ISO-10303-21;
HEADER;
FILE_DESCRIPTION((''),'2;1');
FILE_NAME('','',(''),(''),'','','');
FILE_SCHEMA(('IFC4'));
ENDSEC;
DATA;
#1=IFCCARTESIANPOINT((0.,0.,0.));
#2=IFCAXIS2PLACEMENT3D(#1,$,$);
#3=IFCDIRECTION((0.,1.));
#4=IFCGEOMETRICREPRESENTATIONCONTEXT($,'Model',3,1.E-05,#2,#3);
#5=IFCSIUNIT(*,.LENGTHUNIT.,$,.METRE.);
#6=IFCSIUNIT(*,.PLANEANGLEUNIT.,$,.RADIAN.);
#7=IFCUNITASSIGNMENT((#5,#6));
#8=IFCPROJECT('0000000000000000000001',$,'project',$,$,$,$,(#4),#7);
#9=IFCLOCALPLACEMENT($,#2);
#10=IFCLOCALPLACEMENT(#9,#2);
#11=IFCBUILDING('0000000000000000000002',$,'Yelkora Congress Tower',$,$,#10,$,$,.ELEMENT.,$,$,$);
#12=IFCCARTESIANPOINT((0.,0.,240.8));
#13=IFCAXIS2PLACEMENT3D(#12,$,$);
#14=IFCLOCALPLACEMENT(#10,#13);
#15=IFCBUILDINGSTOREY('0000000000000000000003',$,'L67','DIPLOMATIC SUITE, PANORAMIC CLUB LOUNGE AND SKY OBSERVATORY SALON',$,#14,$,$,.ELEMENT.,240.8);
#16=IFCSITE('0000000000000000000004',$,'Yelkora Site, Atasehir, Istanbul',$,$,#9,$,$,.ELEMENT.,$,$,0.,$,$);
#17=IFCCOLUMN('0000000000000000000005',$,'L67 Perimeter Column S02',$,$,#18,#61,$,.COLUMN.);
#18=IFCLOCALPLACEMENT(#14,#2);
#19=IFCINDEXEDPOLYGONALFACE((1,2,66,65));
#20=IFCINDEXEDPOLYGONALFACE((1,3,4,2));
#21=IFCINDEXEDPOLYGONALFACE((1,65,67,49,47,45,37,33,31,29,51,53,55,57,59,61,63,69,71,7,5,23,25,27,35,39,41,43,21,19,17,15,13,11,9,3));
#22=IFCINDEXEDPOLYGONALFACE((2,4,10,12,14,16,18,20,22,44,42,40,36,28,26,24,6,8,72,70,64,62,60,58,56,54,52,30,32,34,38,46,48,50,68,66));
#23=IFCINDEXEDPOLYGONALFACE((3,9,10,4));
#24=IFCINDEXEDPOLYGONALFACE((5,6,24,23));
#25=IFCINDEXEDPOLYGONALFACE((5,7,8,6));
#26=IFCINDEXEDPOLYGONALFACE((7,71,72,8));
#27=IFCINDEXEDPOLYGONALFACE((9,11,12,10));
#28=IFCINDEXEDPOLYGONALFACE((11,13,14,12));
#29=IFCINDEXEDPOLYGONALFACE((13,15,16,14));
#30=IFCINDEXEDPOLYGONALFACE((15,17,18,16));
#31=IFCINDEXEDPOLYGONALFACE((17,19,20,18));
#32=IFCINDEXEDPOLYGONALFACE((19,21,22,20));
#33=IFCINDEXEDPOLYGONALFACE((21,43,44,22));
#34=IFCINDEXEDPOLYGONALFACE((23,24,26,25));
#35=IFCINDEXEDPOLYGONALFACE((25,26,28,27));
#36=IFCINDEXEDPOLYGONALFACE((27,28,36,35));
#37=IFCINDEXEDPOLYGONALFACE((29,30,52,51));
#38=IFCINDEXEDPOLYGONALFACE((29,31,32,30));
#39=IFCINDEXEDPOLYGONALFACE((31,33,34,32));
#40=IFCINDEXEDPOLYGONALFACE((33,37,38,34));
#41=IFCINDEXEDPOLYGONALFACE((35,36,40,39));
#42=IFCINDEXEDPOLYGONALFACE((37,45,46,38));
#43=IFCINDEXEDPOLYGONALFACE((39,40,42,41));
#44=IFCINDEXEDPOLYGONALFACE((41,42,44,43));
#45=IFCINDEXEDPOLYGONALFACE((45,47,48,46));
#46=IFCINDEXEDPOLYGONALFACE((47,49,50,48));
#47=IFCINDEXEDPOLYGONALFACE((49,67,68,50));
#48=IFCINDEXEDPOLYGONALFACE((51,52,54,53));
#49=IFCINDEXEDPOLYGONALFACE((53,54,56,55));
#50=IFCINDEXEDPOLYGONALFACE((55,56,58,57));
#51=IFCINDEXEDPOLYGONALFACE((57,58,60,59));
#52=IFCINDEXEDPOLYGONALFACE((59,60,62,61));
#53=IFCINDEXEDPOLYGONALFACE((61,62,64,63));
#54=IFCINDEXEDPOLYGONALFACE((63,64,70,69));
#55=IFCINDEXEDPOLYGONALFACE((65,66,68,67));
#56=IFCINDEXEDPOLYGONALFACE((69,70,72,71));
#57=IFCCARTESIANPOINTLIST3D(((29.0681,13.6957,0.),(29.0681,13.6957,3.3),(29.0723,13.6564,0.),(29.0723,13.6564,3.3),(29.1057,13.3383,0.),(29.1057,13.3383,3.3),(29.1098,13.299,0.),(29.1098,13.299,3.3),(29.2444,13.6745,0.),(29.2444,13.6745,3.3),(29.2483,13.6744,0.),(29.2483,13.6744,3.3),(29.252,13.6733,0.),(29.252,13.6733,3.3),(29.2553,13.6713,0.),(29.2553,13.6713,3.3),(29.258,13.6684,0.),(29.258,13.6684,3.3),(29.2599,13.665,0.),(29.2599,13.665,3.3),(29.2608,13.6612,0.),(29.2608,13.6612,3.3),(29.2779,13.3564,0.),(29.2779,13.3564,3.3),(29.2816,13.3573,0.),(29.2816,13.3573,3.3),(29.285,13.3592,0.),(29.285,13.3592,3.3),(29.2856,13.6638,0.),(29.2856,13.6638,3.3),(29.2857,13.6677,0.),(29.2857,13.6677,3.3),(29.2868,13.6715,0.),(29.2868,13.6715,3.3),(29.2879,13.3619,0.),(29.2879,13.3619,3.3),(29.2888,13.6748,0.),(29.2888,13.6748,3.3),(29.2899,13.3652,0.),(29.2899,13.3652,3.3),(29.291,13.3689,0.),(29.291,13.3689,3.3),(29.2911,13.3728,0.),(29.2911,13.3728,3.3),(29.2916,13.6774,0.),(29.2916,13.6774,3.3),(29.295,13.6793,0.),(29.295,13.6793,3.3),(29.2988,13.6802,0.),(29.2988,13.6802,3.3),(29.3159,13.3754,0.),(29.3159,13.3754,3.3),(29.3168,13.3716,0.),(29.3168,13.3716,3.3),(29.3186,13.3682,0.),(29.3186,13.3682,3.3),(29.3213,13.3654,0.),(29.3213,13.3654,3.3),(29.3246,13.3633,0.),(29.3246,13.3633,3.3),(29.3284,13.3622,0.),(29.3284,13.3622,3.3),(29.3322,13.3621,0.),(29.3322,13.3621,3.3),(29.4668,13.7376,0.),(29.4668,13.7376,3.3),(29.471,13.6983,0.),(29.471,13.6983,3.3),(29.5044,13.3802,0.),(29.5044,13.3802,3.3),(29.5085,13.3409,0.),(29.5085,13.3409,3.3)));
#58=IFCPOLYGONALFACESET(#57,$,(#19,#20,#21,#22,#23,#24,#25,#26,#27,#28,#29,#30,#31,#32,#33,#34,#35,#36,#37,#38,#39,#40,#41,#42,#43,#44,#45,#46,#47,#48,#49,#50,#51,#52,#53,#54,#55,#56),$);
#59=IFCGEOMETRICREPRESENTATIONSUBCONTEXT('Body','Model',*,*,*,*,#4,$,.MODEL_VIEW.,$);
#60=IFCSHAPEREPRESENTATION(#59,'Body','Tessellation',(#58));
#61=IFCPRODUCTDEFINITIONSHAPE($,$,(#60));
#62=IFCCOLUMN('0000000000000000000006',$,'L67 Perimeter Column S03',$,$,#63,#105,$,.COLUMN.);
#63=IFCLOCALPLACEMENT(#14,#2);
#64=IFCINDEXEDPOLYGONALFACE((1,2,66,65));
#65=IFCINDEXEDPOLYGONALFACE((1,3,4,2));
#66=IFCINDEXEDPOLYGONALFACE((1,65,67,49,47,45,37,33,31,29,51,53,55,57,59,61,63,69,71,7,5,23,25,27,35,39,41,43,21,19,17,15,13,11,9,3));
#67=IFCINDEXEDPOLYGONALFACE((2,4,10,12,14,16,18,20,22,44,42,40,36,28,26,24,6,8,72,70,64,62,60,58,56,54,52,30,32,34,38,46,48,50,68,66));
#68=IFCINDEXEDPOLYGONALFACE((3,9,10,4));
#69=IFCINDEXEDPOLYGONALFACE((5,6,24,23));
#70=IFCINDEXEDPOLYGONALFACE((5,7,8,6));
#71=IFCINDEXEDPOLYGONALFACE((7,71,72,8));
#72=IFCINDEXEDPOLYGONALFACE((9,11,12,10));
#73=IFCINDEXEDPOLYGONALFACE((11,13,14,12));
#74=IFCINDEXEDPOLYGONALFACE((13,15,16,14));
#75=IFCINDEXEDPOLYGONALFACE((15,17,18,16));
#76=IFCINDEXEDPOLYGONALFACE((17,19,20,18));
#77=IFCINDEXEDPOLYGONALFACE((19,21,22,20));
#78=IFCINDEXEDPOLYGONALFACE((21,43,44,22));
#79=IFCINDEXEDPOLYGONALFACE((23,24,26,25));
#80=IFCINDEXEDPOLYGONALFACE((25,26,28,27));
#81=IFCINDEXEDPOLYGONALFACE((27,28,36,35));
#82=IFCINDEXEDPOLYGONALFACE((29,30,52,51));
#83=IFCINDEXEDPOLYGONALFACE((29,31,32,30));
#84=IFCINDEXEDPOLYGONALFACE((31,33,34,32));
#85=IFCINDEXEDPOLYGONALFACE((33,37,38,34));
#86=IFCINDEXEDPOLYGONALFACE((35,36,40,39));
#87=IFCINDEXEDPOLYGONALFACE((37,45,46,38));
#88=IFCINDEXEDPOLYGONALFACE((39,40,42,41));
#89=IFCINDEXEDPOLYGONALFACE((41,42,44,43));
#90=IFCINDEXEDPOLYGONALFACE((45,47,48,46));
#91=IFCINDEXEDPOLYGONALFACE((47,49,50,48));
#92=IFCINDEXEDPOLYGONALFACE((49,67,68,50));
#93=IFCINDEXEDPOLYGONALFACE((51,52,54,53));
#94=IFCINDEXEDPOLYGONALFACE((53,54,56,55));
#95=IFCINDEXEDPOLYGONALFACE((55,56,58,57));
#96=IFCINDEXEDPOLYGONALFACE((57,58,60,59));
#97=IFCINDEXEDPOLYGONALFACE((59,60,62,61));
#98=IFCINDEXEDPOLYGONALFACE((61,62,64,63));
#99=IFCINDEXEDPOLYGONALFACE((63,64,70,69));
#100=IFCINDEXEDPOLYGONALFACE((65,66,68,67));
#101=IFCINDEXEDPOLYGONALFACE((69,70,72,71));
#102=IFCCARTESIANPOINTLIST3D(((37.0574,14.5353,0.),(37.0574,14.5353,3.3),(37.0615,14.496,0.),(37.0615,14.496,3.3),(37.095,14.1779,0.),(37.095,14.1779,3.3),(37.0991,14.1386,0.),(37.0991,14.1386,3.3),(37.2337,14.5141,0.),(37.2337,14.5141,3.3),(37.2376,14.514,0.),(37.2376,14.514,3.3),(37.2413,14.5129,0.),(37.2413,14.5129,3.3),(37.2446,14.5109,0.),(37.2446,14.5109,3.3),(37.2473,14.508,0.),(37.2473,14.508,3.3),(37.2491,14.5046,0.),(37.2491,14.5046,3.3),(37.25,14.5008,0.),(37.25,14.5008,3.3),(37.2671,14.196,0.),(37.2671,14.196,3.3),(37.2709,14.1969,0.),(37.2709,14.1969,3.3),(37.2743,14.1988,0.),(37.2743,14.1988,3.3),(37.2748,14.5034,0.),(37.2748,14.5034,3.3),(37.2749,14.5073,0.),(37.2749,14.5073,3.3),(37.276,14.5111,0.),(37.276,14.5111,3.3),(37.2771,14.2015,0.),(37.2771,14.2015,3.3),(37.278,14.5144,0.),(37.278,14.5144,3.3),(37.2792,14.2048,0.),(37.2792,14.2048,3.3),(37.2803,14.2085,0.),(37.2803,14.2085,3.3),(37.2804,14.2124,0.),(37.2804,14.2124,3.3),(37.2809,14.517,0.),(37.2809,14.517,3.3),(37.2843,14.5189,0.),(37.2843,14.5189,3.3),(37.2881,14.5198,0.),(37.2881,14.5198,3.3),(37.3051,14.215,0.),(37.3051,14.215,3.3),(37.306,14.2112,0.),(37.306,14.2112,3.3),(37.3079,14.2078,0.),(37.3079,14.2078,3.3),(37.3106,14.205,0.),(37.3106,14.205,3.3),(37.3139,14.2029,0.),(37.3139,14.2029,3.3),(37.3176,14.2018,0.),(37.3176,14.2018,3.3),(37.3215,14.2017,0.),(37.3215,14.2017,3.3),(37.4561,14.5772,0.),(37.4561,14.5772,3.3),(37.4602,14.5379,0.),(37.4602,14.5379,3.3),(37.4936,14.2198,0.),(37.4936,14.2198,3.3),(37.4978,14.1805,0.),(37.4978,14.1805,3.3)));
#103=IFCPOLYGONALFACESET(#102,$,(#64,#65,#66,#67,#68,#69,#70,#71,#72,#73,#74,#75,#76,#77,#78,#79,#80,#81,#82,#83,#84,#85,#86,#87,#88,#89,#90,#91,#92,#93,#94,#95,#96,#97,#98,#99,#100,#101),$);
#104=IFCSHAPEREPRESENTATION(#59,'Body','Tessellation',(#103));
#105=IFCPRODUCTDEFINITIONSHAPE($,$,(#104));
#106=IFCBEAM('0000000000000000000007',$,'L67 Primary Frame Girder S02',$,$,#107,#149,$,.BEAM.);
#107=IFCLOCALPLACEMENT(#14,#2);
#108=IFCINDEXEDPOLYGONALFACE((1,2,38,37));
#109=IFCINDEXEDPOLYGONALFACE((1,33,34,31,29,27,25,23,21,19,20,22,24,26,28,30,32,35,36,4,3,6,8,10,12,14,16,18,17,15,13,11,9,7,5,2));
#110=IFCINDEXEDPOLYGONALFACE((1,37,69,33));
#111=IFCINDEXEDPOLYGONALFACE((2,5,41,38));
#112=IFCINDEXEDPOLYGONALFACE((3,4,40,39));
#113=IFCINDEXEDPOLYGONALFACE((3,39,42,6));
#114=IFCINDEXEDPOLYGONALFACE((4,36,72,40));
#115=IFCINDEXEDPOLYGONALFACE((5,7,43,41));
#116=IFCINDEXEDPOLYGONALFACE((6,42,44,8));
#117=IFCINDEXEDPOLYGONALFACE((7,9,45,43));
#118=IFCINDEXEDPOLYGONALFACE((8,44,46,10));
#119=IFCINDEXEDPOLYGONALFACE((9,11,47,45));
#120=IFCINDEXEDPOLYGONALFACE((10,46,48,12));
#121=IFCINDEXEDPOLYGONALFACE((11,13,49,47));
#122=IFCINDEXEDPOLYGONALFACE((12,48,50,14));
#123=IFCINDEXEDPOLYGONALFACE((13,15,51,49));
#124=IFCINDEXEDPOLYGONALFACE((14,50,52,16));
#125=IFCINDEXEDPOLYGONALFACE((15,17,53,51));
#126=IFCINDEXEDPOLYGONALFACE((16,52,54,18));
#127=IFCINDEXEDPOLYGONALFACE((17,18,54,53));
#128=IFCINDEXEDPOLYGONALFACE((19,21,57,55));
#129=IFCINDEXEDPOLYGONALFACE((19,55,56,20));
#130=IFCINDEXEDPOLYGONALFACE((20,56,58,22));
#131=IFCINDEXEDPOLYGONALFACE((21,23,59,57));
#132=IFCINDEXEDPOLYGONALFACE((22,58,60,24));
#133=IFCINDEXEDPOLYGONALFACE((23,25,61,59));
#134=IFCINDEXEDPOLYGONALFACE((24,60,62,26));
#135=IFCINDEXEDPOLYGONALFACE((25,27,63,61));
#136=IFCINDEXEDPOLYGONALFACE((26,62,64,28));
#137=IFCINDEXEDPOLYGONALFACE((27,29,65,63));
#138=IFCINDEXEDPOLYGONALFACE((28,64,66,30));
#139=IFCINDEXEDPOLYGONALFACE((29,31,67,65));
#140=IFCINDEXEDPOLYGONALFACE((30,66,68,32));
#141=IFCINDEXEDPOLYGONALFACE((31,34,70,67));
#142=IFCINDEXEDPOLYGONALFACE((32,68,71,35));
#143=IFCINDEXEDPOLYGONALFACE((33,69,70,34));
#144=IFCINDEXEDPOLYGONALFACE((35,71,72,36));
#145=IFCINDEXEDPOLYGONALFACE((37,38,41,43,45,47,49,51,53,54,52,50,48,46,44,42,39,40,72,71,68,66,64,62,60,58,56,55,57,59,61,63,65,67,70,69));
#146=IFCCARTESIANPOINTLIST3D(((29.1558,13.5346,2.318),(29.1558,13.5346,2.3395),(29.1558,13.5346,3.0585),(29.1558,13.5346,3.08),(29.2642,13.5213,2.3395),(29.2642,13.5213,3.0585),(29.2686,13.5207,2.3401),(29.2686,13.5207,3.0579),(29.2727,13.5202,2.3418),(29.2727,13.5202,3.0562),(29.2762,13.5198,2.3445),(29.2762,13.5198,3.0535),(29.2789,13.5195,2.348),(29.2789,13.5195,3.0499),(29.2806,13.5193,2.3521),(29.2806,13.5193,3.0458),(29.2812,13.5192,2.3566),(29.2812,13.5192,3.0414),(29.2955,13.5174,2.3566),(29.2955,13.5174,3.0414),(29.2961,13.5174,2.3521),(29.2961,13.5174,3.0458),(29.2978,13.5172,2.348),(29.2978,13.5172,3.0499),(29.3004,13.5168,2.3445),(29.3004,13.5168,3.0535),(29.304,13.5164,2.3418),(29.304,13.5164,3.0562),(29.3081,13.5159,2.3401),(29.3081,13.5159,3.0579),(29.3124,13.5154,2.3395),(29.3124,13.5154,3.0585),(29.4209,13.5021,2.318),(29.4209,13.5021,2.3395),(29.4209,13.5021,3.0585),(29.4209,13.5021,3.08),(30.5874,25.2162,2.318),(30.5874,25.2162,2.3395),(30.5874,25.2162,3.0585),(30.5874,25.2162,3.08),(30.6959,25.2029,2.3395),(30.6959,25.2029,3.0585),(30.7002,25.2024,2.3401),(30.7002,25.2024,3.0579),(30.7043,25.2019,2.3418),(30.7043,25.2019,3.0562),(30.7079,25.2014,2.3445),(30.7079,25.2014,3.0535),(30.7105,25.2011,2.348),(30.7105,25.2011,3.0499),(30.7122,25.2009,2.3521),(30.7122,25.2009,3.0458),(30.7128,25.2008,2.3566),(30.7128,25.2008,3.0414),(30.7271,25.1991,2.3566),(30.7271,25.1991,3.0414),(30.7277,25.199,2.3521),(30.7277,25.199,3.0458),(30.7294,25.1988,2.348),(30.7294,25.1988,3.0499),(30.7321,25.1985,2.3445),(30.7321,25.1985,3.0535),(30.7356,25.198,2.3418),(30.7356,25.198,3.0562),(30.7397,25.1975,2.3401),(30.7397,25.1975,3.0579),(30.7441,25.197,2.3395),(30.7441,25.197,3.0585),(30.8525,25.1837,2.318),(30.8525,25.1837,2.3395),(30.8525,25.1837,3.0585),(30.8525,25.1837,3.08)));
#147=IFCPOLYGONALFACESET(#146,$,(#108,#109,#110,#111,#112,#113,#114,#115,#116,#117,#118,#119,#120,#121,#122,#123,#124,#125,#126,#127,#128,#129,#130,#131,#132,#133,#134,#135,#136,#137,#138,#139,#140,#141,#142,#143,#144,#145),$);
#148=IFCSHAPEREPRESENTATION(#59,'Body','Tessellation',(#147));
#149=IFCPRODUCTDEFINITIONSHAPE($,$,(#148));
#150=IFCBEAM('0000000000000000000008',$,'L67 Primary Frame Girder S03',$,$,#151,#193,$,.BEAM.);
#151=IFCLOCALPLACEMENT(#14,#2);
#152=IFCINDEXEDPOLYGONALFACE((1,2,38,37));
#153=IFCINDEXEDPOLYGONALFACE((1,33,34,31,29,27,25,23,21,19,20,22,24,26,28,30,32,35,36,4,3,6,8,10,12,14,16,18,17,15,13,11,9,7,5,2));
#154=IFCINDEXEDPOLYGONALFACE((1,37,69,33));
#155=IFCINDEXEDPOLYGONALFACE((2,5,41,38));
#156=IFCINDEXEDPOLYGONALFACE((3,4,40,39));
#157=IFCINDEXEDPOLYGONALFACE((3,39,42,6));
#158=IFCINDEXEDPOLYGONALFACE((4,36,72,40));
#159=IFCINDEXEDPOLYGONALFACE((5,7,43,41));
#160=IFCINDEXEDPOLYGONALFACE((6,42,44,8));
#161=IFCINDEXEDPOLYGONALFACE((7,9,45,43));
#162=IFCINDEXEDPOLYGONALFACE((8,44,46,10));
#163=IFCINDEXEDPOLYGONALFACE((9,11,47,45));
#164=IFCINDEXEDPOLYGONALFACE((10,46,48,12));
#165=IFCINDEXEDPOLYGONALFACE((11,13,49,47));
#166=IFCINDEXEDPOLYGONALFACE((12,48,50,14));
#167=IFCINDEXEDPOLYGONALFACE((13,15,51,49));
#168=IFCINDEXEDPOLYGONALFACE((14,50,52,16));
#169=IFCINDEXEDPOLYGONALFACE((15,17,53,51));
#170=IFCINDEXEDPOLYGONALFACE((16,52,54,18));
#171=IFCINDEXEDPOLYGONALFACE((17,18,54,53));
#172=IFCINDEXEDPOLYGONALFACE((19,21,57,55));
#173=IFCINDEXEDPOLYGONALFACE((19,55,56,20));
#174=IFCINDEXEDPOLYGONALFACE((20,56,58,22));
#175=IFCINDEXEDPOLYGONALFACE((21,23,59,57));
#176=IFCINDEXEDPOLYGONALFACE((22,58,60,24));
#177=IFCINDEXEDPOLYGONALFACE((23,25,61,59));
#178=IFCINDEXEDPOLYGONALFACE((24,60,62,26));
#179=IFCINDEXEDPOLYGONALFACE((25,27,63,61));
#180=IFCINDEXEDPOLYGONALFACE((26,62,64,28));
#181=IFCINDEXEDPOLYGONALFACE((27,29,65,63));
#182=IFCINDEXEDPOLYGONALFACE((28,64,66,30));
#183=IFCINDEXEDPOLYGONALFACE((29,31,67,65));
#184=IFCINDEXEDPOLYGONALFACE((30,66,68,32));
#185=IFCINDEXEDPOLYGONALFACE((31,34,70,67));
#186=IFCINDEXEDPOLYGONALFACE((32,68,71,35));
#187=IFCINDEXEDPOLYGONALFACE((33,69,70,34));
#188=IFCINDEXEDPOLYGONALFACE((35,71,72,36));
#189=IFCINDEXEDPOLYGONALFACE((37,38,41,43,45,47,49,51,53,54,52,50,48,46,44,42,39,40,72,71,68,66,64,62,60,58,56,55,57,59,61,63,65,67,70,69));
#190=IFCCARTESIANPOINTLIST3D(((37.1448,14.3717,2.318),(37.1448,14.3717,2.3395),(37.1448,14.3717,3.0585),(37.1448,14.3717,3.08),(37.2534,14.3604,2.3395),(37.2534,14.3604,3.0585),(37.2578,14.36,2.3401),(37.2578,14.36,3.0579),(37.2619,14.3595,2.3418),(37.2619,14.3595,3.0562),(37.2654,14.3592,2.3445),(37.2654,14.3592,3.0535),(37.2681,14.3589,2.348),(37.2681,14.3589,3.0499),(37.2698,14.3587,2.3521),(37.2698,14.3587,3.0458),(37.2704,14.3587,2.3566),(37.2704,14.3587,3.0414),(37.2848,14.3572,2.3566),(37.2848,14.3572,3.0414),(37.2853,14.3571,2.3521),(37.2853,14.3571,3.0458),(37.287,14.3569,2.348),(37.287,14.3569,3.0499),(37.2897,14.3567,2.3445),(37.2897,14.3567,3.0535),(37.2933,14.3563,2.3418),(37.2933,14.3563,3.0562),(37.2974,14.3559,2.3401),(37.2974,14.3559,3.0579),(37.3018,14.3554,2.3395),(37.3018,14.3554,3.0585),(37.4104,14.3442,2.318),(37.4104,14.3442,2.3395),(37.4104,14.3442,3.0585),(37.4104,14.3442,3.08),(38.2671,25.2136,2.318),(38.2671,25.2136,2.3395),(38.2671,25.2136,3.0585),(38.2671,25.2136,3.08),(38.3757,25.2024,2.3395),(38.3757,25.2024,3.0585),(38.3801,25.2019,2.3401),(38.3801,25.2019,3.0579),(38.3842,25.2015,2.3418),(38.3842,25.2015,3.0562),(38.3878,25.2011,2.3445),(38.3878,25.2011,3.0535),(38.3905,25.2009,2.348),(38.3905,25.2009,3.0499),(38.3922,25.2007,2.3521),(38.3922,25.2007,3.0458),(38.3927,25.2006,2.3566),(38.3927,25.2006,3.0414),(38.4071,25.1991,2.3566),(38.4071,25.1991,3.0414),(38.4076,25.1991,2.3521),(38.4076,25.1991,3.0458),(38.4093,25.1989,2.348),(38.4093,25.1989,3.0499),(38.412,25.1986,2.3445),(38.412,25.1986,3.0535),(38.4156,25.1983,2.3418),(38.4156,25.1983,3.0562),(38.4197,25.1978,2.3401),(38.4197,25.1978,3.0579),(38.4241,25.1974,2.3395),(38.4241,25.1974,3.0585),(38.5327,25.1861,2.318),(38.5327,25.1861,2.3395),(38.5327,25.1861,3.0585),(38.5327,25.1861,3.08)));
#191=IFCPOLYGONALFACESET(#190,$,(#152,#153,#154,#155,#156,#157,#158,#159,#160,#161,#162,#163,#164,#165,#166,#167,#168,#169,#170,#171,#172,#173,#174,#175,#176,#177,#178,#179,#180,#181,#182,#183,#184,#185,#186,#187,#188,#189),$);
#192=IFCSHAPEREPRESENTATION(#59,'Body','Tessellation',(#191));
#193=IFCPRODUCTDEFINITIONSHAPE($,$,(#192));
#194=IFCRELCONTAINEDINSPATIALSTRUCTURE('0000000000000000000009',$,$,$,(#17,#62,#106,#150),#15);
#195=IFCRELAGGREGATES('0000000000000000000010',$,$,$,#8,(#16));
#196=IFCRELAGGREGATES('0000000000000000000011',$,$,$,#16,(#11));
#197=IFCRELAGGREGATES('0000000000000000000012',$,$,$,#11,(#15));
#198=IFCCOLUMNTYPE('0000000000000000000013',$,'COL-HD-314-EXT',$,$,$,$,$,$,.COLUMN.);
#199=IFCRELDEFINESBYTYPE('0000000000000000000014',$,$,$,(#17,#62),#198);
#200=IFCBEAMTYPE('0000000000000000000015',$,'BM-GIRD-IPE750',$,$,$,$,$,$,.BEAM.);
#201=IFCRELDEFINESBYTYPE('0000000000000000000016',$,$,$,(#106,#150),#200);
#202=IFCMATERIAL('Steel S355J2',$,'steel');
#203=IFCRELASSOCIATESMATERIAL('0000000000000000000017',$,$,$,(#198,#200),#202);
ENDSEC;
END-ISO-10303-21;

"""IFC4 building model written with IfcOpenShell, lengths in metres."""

from ifc_helpers import new_model, si_unit, direction, frame, origin, origin_2d, place, context, subcontext, project, spatial, i_section, extrude, material, material_profile, profile_set, type_object, element, save


model = new_model("IFC4")

# Units and contexts
model_context = context("Model", 3, precision=1e-05, world=origin(), true_north=direction((0.0, 1.0)))
body_context = subcontext(model_context, "Body", "Model", "MODEL_VIEW")
ifc_project = project(units=[si_unit("LENGTHUNIT", "METRE"), si_unit("PLANEANGLEUNIT", "RADIAN")], contexts=[model_context])

# Site, building, storey
site_placement = place(None, origin())
site = spatial("IfcSite", under=ifc_project, at=site_placement, Name="Yelkora Site, Atasehir, Istanbul", CompositionType="ELEMENT", RefElevation=0.0)
building_placement = place(site_placement, origin())
building = spatial("IfcBuilding", under=site, at=building_placement, Name="Yelkora Congress Tower", CompositionType="ELEMENT")
storey_placement = place(building_placement, frame((0.0, 0.0, 240.8)))
storey = spatial("IfcBuildingStorey", under=building, at=storey_placement, Name="L67", Description="DIPLOMATIC SUITE, PANORAMIC CLUB LOUNGE AND SKY OBSERVATORY SALON", CompositionType="ELEMENT", Elevation=240.8)

# Columns
ifc_material_1 = material(Name="Steel S355J2", Category="steel")
ifc_material_profile_1 = material_profile(ifc_material_1, i_section(OverallWidth=0.4009, OverallDepth=0.3989, WebThickness=0.0249, FlangeThickness=0.0396, FilletRadius=0.0149, at=origin_2d()), Name="HD 400x314")
ifc_profile_set_1 = profile_set([ifc_material_profile_1], Name="Steel S355J2")
column_type = type_object("IfcColumnType", Name="COL-HD-314-EXT", PredefinedType="COLUMN", material=ifc_profile_set_1)
for number, where, z_axis, x_axis, name in (
    (1, (29.2883, 13.5183, 0.0), (0.0, 0.0, 1.0), (0.994522, 0.104528, 0.0), "L67 Perimeter Column S02"),
    (2, (37.2776, 14.3579, 0.0), (0.0, 0.0, 1.0), (0.994522, 0.104528, 0.0), "L67 Perimeter Column S03"),
):
    element("IfcColumn", number, at=place(storey_placement, frame(where, z_axis=z_axis, x_axis=x_axis)), inside=storey, type_object=column_type, Name=name, PredefinedType="COLUMN", context=body_context, shape_type="SweptSolid", body=[
        extrude(i_section(OverallWidth=0.4009, OverallDepth=0.3989, WebThickness=0.0249, FlangeThickness=0.0396, FilletRadius=0.0149, at=origin_2d()), origin(), (0.0, 0.0, 1.0), 3.3),
    ])

# Beams
ifc_material_profile_2 = material_profile(ifc_material_1, i_section(OverallWidth=0.2671, OverallDepth=0.762, WebThickness=0.0144, FlangeThickness=0.0215, FilletRadius=0.0171, at=origin_2d()), Name="IPE 750x173")
ifc_profile_set_2 = profile_set([ifc_material_profile_2], Name="Steel S355J2")
beam_type_1 = type_object("IfcBeamType", Name="BM-GIRD-IPE750", PredefinedType="BEAM", material=ifc_profile_set_2)
beam_1_placement = place(storey_placement, frame((29.2883, 13.5183, 2.699), z_axis=(0.121645, 0.992574, 0.0), x_axis=(-0.992574, 0.121645, 0.0)))
element("IfcBeam", 3, at=beam_1_placement, inside=storey, type_object=beam_type_1, Name="L67 Primary Frame Girder S02", PredefinedType="BEAM", context=body_context, shape_type="SweptSolid", body=[
    extrude(i_section(OverallWidth=0.2671, OverallDepth=0.762, WebThickness=0.0144, FlangeThickness=0.0215, FilletRadius=0.0171, at=origin_2d()), origin(), (0.0, 0.0, 1.0), 11.769),
])
beam_2_placement = place(storey_placement, frame((37.2776, 14.3579, 2.699), z_axis=(0.102965, 0.994685, 0.0), x_axis=(-0.994685, 0.102965, 0.0)))
element("IfcBeam", 4, at=beam_2_placement, inside=storey, type_object=beam_type_1, Name="L67 Primary Frame Girder S03", PredefinedType="BEAM", context=body_context, shape_type="SweptSolid", body=[
    extrude(i_section(OverallWidth=0.2671, OverallDepth=0.762, WebThickness=0.0144, FlangeThickness=0.0215, FilletRadius=0.0171, at=origin_2d()), origin(), (0.0, 0.0, 1.0), 10.8999),
])

save(model, "model.ifc")
